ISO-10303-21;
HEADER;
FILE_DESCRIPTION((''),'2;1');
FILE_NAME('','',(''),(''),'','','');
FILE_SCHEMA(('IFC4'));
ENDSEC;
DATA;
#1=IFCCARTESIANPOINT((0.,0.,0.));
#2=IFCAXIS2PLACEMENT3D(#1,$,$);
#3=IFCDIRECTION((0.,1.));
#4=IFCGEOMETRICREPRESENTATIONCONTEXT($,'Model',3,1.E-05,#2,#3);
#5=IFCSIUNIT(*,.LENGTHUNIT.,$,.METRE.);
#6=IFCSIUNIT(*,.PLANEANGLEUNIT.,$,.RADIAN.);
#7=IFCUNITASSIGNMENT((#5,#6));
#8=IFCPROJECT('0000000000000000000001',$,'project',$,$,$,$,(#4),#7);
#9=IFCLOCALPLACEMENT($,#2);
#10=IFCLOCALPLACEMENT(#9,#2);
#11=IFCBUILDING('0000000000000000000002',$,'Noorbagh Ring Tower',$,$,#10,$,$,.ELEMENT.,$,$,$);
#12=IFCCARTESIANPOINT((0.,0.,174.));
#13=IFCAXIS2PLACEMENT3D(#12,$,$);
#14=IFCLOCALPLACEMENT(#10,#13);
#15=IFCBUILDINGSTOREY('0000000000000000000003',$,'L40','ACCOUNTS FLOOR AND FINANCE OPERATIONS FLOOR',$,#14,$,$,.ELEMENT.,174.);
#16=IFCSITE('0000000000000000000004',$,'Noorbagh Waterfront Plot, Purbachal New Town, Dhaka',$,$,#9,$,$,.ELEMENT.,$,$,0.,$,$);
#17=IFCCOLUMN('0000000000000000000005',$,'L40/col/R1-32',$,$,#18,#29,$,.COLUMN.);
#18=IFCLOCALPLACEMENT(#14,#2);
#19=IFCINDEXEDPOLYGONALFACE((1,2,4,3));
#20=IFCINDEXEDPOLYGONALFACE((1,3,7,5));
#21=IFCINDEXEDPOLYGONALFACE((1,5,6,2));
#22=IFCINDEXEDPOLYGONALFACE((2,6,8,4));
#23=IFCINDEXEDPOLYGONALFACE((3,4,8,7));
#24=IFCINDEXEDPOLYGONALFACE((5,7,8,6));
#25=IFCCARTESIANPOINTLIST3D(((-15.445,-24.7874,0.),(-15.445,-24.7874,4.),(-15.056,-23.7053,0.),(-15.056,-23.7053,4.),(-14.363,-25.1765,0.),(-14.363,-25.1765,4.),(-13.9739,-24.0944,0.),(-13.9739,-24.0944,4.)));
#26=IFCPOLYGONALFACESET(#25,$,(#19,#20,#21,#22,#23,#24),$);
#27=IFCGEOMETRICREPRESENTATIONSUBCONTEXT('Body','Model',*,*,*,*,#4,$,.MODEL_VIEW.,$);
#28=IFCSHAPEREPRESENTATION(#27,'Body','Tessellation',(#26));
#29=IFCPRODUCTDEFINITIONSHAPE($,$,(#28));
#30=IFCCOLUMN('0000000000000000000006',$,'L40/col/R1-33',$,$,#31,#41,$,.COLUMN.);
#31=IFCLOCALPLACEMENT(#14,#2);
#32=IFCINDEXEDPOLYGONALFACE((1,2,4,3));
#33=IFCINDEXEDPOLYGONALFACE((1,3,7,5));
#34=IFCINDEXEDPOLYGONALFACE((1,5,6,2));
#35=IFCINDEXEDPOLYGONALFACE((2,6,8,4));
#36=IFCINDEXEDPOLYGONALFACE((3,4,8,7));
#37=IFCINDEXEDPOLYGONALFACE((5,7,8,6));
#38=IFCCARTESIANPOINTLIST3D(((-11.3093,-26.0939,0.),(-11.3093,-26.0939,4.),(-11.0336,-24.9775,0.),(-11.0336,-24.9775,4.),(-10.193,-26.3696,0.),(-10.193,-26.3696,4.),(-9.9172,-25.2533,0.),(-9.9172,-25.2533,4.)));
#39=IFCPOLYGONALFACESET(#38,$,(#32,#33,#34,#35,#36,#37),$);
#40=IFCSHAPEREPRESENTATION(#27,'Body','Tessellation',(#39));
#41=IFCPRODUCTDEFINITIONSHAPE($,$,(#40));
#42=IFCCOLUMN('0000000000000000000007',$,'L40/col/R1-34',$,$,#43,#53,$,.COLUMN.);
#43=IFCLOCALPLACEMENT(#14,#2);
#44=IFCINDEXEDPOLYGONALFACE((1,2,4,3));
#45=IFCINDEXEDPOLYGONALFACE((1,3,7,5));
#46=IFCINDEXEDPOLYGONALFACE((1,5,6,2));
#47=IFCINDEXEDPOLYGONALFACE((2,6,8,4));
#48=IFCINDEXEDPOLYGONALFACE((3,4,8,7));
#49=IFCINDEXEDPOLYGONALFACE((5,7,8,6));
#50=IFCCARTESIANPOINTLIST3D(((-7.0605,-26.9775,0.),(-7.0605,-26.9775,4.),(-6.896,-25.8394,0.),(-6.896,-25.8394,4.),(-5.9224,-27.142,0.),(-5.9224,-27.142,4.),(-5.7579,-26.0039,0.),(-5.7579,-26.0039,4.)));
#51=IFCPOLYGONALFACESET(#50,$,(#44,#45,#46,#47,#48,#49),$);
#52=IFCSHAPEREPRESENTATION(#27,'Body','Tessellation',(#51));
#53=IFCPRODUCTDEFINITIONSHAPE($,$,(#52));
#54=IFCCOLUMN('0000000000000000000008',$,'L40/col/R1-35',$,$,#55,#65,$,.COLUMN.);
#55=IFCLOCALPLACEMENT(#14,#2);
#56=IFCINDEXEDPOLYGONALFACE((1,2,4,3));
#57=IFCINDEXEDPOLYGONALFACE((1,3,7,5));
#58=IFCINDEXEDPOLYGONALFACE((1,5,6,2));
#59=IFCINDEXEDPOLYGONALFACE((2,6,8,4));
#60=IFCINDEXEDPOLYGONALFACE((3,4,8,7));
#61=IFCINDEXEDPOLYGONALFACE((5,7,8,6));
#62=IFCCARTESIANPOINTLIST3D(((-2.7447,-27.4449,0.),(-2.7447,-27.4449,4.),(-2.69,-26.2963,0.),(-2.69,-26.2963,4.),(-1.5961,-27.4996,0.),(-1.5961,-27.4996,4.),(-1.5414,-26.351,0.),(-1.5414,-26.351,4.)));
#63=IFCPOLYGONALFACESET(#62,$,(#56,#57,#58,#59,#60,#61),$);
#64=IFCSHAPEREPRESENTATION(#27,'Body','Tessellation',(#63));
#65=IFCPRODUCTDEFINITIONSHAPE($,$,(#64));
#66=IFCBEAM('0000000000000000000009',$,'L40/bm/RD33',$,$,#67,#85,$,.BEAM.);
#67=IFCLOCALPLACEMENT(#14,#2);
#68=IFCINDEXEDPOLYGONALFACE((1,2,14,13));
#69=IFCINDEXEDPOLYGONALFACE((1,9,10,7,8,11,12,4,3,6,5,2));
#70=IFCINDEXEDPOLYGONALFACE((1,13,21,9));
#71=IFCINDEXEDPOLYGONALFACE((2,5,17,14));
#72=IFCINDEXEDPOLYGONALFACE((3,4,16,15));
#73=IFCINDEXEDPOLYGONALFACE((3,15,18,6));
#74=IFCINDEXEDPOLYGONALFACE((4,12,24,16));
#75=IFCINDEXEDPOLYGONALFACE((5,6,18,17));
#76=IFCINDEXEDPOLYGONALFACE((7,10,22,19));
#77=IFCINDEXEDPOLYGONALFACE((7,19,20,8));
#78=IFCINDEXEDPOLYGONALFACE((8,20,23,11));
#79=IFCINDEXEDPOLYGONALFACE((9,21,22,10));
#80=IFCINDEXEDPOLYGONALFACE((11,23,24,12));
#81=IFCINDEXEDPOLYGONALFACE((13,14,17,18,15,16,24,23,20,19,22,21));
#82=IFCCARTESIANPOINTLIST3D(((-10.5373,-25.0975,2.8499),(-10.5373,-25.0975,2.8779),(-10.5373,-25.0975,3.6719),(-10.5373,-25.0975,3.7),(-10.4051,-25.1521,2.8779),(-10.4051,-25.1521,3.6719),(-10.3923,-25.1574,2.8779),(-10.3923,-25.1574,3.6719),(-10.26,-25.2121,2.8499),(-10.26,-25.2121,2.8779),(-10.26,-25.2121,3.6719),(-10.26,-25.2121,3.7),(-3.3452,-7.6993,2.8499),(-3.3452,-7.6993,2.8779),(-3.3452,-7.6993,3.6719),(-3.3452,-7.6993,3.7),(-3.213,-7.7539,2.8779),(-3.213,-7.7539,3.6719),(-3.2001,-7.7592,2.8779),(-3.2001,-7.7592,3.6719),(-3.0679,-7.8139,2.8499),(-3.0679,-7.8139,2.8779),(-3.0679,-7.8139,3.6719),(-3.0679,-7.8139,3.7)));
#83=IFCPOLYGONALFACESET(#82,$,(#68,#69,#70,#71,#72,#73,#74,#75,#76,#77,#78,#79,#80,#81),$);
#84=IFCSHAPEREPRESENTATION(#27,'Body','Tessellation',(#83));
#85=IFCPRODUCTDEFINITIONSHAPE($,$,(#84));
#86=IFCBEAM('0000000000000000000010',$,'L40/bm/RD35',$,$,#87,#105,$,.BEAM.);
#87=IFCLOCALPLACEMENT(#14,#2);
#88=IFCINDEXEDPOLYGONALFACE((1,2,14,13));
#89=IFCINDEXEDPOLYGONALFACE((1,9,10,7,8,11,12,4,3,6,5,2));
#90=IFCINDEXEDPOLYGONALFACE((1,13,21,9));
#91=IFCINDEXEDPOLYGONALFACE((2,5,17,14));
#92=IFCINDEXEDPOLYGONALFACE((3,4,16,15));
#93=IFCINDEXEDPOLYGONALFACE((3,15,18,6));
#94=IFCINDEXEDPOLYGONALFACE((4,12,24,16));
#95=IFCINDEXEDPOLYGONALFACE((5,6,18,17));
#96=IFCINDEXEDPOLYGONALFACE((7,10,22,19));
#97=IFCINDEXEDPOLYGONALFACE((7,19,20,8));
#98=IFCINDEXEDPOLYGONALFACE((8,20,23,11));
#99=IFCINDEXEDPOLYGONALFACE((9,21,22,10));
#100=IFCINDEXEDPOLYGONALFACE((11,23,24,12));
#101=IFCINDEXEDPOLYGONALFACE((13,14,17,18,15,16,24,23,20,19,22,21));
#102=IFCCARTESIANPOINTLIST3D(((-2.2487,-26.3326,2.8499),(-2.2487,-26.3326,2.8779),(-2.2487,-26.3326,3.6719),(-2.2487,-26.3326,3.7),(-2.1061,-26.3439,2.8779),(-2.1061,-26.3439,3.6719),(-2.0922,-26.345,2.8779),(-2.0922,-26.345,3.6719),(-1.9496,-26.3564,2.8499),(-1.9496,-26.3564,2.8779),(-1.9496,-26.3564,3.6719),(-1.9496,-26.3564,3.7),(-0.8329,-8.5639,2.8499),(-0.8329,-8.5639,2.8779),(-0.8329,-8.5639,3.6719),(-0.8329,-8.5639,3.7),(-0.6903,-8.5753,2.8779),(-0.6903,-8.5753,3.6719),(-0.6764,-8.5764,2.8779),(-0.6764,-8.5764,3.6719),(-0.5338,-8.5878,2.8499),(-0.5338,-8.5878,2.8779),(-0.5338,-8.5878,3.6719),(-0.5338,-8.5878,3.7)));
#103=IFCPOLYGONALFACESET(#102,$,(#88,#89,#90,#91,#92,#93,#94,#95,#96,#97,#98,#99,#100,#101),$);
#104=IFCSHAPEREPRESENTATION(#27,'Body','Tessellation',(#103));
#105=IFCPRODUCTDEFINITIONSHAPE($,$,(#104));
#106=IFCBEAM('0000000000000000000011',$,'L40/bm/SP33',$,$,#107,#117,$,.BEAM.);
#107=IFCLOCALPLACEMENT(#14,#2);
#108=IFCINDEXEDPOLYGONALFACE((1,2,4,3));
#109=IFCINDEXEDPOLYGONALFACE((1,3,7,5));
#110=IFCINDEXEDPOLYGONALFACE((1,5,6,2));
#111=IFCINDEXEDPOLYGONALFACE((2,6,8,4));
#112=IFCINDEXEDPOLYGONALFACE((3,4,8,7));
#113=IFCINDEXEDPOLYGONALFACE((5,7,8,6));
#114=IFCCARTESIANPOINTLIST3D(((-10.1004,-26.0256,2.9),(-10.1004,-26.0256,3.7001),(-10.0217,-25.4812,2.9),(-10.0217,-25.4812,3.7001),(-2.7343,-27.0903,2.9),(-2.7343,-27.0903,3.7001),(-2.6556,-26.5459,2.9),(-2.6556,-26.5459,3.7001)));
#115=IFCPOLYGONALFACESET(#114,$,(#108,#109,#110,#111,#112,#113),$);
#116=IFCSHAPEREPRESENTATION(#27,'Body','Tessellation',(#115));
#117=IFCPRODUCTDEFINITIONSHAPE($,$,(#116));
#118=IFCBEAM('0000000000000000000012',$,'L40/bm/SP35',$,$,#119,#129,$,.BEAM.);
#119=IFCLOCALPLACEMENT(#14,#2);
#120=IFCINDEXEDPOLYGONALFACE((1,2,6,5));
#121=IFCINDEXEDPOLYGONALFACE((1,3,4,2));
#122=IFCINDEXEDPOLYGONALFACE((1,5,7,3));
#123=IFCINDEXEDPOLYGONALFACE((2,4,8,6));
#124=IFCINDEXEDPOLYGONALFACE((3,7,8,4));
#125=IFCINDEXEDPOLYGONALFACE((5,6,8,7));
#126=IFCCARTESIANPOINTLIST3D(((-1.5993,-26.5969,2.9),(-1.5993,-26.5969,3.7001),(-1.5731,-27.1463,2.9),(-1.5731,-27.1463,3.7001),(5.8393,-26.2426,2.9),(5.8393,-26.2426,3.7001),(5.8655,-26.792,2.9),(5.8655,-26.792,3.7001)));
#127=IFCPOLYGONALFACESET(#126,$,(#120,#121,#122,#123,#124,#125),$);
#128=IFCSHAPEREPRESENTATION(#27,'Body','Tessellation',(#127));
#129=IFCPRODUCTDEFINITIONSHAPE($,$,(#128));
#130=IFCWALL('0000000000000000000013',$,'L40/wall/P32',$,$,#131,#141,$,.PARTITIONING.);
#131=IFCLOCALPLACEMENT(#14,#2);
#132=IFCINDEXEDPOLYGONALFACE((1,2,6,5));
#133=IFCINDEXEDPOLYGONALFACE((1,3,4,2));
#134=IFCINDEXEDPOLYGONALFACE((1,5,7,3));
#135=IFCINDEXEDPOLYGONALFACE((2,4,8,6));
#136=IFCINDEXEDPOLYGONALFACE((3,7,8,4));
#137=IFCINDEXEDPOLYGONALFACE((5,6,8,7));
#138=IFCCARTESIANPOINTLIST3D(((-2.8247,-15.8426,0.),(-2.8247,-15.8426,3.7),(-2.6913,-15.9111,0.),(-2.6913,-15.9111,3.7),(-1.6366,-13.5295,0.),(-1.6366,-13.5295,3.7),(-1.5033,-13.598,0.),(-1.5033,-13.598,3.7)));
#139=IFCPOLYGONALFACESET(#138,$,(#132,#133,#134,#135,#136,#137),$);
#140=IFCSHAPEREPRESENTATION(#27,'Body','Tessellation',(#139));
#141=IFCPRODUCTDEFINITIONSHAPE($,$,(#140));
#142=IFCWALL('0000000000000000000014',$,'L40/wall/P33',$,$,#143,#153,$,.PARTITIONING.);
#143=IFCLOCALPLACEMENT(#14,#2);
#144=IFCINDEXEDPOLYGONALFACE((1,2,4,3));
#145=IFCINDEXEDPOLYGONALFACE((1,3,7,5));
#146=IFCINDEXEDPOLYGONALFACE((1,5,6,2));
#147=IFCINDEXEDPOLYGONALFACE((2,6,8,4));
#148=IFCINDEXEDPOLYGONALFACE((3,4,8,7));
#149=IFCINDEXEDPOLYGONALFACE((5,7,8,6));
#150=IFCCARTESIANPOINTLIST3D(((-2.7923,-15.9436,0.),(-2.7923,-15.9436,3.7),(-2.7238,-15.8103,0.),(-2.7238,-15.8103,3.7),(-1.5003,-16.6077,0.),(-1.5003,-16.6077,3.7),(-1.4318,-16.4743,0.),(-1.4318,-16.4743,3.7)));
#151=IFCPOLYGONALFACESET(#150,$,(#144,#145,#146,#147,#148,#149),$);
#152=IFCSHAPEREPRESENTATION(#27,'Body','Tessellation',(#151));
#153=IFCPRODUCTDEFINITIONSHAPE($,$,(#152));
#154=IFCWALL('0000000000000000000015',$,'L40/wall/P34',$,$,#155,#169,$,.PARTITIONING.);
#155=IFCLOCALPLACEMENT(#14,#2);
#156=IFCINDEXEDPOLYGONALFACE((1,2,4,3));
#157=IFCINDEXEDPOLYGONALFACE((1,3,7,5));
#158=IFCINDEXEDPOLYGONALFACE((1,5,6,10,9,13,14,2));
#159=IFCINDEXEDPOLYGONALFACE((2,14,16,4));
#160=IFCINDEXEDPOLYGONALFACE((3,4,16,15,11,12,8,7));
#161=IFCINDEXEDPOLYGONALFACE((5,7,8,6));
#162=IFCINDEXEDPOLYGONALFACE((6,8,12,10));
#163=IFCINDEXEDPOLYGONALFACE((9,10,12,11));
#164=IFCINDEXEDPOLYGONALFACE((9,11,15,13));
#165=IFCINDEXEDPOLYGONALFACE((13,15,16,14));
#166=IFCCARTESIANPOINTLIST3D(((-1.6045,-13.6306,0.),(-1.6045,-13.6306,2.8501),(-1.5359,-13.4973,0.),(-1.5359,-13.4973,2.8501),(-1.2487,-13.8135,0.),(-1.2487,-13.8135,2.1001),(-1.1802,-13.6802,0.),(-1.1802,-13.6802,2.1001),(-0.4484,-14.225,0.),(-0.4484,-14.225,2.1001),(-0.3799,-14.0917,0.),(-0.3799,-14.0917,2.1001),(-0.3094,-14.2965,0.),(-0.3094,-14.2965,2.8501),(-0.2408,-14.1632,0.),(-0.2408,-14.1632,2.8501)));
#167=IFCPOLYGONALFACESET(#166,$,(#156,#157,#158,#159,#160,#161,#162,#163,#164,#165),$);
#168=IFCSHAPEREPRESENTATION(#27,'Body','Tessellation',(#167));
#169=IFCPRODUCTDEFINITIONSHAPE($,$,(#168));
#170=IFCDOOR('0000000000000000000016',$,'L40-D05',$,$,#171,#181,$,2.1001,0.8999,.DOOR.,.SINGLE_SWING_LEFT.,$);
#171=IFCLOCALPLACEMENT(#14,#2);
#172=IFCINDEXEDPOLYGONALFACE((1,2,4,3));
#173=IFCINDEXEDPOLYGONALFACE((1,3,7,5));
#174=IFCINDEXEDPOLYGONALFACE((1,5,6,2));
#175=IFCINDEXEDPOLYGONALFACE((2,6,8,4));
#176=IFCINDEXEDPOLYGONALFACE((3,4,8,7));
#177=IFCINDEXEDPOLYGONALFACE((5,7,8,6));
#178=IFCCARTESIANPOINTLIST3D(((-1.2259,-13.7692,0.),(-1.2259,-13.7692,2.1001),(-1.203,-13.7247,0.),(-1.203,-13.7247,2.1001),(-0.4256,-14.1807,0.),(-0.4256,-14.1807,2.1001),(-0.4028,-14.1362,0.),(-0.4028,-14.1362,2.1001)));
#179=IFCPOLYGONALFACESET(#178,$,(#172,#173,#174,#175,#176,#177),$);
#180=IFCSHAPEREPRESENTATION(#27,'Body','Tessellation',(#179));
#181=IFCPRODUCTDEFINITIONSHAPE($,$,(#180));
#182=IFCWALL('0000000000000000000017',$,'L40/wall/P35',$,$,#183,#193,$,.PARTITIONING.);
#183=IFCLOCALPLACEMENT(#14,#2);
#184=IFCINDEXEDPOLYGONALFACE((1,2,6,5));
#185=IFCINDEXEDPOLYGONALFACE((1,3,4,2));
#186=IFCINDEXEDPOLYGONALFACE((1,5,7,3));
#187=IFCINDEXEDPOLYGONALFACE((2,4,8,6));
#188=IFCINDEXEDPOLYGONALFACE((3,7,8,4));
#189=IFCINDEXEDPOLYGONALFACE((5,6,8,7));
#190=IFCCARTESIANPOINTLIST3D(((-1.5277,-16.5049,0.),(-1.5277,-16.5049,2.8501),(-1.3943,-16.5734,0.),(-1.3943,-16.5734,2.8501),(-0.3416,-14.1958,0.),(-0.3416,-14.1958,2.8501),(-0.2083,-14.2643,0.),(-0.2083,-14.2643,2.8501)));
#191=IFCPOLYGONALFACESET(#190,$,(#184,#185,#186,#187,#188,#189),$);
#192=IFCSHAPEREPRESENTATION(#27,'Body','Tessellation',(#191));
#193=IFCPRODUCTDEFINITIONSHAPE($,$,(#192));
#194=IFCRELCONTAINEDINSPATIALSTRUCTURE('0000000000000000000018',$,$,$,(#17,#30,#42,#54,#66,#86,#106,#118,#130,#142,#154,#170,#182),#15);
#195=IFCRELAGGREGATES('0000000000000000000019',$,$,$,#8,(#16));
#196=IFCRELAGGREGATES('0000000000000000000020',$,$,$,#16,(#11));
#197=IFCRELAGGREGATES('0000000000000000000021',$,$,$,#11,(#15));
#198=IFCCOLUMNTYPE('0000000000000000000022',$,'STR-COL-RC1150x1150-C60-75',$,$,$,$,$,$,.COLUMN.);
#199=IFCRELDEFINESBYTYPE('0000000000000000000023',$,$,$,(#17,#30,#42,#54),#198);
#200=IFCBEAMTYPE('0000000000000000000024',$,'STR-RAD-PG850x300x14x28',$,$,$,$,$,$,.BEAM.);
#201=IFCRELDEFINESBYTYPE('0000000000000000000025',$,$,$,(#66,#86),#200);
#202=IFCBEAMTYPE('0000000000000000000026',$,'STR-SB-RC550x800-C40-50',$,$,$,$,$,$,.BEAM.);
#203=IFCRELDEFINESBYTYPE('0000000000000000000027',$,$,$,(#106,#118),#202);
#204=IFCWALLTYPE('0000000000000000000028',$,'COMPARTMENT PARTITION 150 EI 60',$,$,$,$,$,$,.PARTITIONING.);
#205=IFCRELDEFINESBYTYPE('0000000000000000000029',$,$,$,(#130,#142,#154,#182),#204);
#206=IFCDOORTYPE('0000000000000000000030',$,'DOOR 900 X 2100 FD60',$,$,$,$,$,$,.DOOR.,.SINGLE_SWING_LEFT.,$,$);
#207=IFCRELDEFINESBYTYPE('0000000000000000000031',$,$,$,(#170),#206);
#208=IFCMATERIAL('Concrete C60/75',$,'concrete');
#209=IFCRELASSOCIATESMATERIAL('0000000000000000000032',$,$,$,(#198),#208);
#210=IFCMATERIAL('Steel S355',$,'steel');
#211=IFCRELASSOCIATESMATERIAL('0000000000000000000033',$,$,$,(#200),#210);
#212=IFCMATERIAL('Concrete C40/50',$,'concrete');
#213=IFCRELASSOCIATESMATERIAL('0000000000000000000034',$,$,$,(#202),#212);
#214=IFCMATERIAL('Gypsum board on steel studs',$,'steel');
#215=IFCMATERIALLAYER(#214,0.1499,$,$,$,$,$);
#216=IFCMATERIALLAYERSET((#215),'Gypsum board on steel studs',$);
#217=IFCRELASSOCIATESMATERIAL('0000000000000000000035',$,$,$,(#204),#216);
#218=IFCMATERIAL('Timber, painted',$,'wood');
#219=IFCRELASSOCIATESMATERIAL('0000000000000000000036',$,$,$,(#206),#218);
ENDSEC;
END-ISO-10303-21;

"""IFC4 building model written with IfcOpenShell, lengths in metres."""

from ifc_helpers import new_model, si_unit, direction, frame, frame_2d, origin, origin_2d, place, context, subcontext, project, spatial, rectangle, i_section, extrude, material, layer, layer_set, material_profile, profile_set, type_object, element, fill, save


model = new_model("IFC4")

# Units and contexts
model_context = context("Model", 3, precision=1e-05, world=origin(), true_north=direction((0.0, 1.0)))
body_context = subcontext(model_context, "Body", "Model", "MODEL_VIEW")
ifc_project = project(units=[si_unit("LENGTHUNIT", "METRE"), si_unit("PLANEANGLEUNIT", "RADIAN")], contexts=[model_context])

# Site, building, storey
site_placement = place(None, origin())
site = spatial("IfcSite", under=ifc_project, at=site_placement, Name="Noorbagh Waterfront Plot, Purbachal New Town, Dhaka", CompositionType="ELEMENT", RefElevation=0.0)
building_placement = place(site_placement, origin())
building = spatial("IfcBuilding", under=site, at=building_placement, Name="Noorbagh Ring Tower", CompositionType="ELEMENT")
storey_placement = place(building_placement, frame((0.0, 0.0, 174.0)))
storey = spatial("IfcBuildingStorey", under=building, at=storey_placement, Name="L40", Description="ACCOUNTS FLOOR AND FINANCE OPERATIONS FLOOR", CompositionType="ELEMENT", Elevation=174.0)

# Columns
ifc_material_1 = material(Name="Concrete C60/75", Category="concrete")
ifc_material_profile_1 = material_profile(ifc_material_1, rectangle(XDim=1.1499, YDim=1.1499, at=origin_2d()), Name="RC1150x1150")
ifc_profile_set_1 = profile_set([ifc_material_profile_1], Name="Concrete C60/75")
column_type = type_object("IfcColumnType", Name="STR-COL-RC1150x1150-C60-75", PredefinedType="COLUMN", material=ifc_profile_set_1)
for number, where, z_axis, x_axis, name in (
    (1, (-14.7095, -24.4409, 0.0), (0.0, 0.0, 1.0), (0.941025, -0.338338, 0.0), "L40/col/R1-32"),
    (2, (-10.6133, -25.6736, 0.0), (0.0, 0.0, 1.0), (0.970829, -0.239771, 0.0), "L40/col/R1-33"),
    (3, (-6.4092, -26.4907, 0.0), (0.0, 0.0, 1.0), (0.989713, -0.143066, 0.0), "L40/col/R1-34"),
    (4, (-2.1431, -26.8979, 0.0), (0.0, 0.0, 1.0), (0.998869, -0.047553, 0.0), "L40/col/R1-35"),
):
    element("IfcColumn", number, at=place(storey_placement, frame(where, z_axis=z_axis, x_axis=x_axis)), inside=storey, type_object=column_type, Name=name, PredefinedType="COLUMN", context=body_context, shape_type="SweptSolid", body=[
        extrude(rectangle(XDim=1.1499, YDim=1.1499, at=origin_2d()), origin(), (0.0, 0.0, 1.0), 4.0),
    ])

# Beams
ifc_material_2 = material(Name="Steel S355", Category="steel")
ifc_material_profile_2 = material_profile(ifc_material_2, i_section(OverallWidth=0.3, OverallDepth=0.8501, WebThickness=0.0139, FlangeThickness=0.0281, at=origin_2d()), Name="PG850x300x14x28")
ifc_profile_set_2 = profile_set([ifc_material_profile_2], Name="Steel S355")
beam_type_1 = type_object("IfcBeamType", Name="STR-RAD-PG850x300x14x28", PredefinedType="BEAM", material=ifc_profile_set_2)
beam_1_placement = place(storey_placement, frame((-10.3987, -25.1548, 3.2749), z_axis=(0.382029, 0.92415, 0.0), x_axis=(-0.92415, 0.382029, 0.0)))
element("IfcBeam", 5, at=beam_1_placement, inside=storey, type_object=beam_type_1, Name="L40/bm/RD33", PredefinedType="BEAM", context=body_context, shape_type="SweptSolid", body=[
    extrude(i_section(OverallWidth=0.3, OverallDepth=0.8501, WebThickness=0.0139, FlangeThickness=0.0281, at=origin_2d()), origin(), (0.0, 0.0, 1.0), 18.8262),
])
beam_2_placement = place(storey_placement, frame((-2.0991, -26.3445, 3.2749), z_axis=(0.079427, 0.996841, 0.0), x_axis=(-0.996841, 0.079427, 0.0)))
element("IfcBeam", 6, at=beam_2_placement, inside=storey, type_object=beam_type_1, Name="L40/bm/RD35", PredefinedType="BEAM", context=body_context, shape_type="SweptSolid", body=[
    extrude(i_section(OverallWidth=0.3, OverallDepth=0.8501, WebThickness=0.0139, FlangeThickness=0.0281, at=origin_2d()), origin(), (0.0, 0.0, 1.0), 17.825),
])
ifc_material_3 = material(Name="Concrete C40/50", Category="concrete")
ifc_material_profile_3 = material_profile(ifc_material_3, rectangle(XDim=0.55, YDim=0.8, at=origin_2d()), Name="RC550x800")
ifc_profile_set_3 = profile_set([ifc_material_profile_3], Name="Concrete C40/50")
beam_type_2 = type_object("IfcBeamType", Name="STR-SB-RC550x800-C40-50", PredefinedType="BEAM", material=ifc_profile_set_3)
beam_3_placement = place(storey_placement, frame((-10.061, -25.7534, 3.3), z_axis=(0.989715, -0.143056, 0.0), x_axis=(0.143056, 0.989715, 0.0)))
element("IfcBeam", 7, at=beam_3_placement, inside=storey, type_object=beam_type_2, Name="L40/bm/SP33", PredefinedType="BEAM", context=body_context, shape_type="SweptSolid", body=[
    extrude(rectangle(XDim=0.55, YDim=0.8, at=origin_2d()), origin(), (0.0, 0.0, 1.0), 7.4426),
])
beam_4_placement = place(storey_placement, frame((-1.5862, -26.8716, 3.3), z_axis=(0.998868, 0.04757, 0.0), x_axis=(-0.04757, 0.998868, 0.0)))
element("IfcBeam", 8, at=beam_4_placement, inside=storey, type_object=beam_type_2, Name="L40/bm/SP35", PredefinedType="BEAM", context=body_context, shape_type="SweptSolid", body=[
    extrude(rectangle(XDim=0.55, YDim=0.8, at=origin_2d()), origin(), (0.0, 0.0, 1.0), 7.447),
])

# Walls
ifc_material_4 = material(Name="Gypsum board on steel studs", Category="steel")
ifc_layer_1 = layer(ifc_material_4, 0.1499)
ifc_layer_set_1 = layer_set([ifc_layer_1], Name="Gypsum board on steel studs")
wall_type_1 = type_object("IfcWallType", Name="COMPARTMENT PARTITION 150 EI 60", PredefinedType="PARTITIONING", material=ifc_layer_set_1)
wall_1_placement = place(storey_placement, frame((-2.7581, -15.877, 0.0), z_axis=(0.0, 0.0, 1.0), x_axis=(0.456877, 0.88953, 0.0)))
element("IfcWall", 9, at=wall_1_placement, inside=storey, type_object=wall_type_1, Name="L40/wall/P32", PredefinedType="PARTITIONING", context=body_context, shape_type="SweptSolid", body=[
    extrude(rectangle(XDim=2.6003, YDim=0.1499, at=frame_2d((1.3003, 0.0))), origin(), (0.0, 0.0, 1.0), 3.7),
])
wall_2_placement = place(storey_placement, frame((-2.7581, -15.877, 0.0), z_axis=(0.0, 0.0, 1.0), x_axis=(0.889397, -0.457135, 0.0)))
element("IfcWall", 10, at=wall_2_placement, inside=storey, type_object=wall_type_1, Name="L40/wall/P33", PredefinedType="PARTITIONING", context=body_context, shape_type="SweptSolid", body=[
    extrude(rectangle(XDim=1.4526, YDim=0.1499, at=frame_2d((0.7263, 0.0))), origin(), (0.0, 0.0, 1.0), 3.7),
])

# Wall, opening, door
wall_3_placement = place(storey_placement, frame((-1.5701, -13.564, 0.0), z_axis=(0.0, 0.0, 1.0), x_axis=(0.889307, -0.45731, 0.0)))
wall_3 = element("IfcWall", 11, at=wall_3_placement, inside=storey, type_object=wall_type_1, Name="L40/wall/P34", PredefinedType="PARTITIONING", context=body_context, shape_type="SweptSolid", body=[
    extrude(rectangle(XDim=1.4563, YDim=0.1499, at=frame_2d((0.728, 0.0))), origin(), (0.0, 0.0, 1.0), 2.8501),
])
opening_1_placement = place(wall_3_placement, frame((0.3999, 0.0, 0.0)))
opening_1 = element("IfcOpeningElement", 12, at=opening_1_placement, cuts=wall_3, PredefinedType="OPENING", context=body_context, shape_type="SweptSolid", body=[
    extrude(rectangle(XDim=0.8999, YDim=2.1001, at=frame_2d((0.45, 1.05))), frame((0.0, 0.085, 0.0), z_axis=(0.0, -1.0, 0.0), x_axis=(1.0, 0.0, 0.0)), (0.0, 0.0, 1.0), 0.1699),
])
ifc_material_5 = material(Name="Timber, painted", Category="wood")
door_type_1 = type_object("IfcDoorType", Name="DOOR 900 X 2100 FD60", OperationType="SINGLE_SWING_LEFT", PredefinedType="DOOR", material=ifc_material_5)
door_1_placement = place(opening_1_placement, origin())
door_1 = element("IfcDoor", 13, at=door_1_placement, inside=storey, type_object=door_type_1, Name="L40-D05", OperationType="SINGLE_SWING_LEFT", OverallHeight=2.1001, OverallWidth=0.8999, PredefinedType="DOOR", context=body_context, shape_type="SweptSolid", body=[
    extrude(rectangle(XDim=0.8999, YDim=2.1001, at=frame_2d((0.45, 1.05))), frame((0.0, 0.0249, 0.0), z_axis=(0.0, -1.0, 0.0), x_axis=(1.0, 0.0, 0.0)), (0.0, 0.0, 1.0), 0.05),
])
fill(opening_1, door_1)

# Wall
wall_4_placement = place(storey_placement, frame((-1.4609, -16.5391, 0.0), z_axis=(0.0, 0.0, 1.0), x_axis=(0.456893, 0.889522, 0.0)))
element("IfcWall", 14, at=wall_4_placement, inside=storey, type_object=wall_type_1, Name="L40/wall/P35", PredefinedType="PARTITIONING", context=body_context, shape_type="SweptSolid", body=[
    extrude(rectangle(XDim=2.5959, YDim=0.1499, at=frame_2d((1.2979, 0.0))), origin(), (0.0, 0.0, 1.0), 2.8501),
])

save(model, "model.ifc")
